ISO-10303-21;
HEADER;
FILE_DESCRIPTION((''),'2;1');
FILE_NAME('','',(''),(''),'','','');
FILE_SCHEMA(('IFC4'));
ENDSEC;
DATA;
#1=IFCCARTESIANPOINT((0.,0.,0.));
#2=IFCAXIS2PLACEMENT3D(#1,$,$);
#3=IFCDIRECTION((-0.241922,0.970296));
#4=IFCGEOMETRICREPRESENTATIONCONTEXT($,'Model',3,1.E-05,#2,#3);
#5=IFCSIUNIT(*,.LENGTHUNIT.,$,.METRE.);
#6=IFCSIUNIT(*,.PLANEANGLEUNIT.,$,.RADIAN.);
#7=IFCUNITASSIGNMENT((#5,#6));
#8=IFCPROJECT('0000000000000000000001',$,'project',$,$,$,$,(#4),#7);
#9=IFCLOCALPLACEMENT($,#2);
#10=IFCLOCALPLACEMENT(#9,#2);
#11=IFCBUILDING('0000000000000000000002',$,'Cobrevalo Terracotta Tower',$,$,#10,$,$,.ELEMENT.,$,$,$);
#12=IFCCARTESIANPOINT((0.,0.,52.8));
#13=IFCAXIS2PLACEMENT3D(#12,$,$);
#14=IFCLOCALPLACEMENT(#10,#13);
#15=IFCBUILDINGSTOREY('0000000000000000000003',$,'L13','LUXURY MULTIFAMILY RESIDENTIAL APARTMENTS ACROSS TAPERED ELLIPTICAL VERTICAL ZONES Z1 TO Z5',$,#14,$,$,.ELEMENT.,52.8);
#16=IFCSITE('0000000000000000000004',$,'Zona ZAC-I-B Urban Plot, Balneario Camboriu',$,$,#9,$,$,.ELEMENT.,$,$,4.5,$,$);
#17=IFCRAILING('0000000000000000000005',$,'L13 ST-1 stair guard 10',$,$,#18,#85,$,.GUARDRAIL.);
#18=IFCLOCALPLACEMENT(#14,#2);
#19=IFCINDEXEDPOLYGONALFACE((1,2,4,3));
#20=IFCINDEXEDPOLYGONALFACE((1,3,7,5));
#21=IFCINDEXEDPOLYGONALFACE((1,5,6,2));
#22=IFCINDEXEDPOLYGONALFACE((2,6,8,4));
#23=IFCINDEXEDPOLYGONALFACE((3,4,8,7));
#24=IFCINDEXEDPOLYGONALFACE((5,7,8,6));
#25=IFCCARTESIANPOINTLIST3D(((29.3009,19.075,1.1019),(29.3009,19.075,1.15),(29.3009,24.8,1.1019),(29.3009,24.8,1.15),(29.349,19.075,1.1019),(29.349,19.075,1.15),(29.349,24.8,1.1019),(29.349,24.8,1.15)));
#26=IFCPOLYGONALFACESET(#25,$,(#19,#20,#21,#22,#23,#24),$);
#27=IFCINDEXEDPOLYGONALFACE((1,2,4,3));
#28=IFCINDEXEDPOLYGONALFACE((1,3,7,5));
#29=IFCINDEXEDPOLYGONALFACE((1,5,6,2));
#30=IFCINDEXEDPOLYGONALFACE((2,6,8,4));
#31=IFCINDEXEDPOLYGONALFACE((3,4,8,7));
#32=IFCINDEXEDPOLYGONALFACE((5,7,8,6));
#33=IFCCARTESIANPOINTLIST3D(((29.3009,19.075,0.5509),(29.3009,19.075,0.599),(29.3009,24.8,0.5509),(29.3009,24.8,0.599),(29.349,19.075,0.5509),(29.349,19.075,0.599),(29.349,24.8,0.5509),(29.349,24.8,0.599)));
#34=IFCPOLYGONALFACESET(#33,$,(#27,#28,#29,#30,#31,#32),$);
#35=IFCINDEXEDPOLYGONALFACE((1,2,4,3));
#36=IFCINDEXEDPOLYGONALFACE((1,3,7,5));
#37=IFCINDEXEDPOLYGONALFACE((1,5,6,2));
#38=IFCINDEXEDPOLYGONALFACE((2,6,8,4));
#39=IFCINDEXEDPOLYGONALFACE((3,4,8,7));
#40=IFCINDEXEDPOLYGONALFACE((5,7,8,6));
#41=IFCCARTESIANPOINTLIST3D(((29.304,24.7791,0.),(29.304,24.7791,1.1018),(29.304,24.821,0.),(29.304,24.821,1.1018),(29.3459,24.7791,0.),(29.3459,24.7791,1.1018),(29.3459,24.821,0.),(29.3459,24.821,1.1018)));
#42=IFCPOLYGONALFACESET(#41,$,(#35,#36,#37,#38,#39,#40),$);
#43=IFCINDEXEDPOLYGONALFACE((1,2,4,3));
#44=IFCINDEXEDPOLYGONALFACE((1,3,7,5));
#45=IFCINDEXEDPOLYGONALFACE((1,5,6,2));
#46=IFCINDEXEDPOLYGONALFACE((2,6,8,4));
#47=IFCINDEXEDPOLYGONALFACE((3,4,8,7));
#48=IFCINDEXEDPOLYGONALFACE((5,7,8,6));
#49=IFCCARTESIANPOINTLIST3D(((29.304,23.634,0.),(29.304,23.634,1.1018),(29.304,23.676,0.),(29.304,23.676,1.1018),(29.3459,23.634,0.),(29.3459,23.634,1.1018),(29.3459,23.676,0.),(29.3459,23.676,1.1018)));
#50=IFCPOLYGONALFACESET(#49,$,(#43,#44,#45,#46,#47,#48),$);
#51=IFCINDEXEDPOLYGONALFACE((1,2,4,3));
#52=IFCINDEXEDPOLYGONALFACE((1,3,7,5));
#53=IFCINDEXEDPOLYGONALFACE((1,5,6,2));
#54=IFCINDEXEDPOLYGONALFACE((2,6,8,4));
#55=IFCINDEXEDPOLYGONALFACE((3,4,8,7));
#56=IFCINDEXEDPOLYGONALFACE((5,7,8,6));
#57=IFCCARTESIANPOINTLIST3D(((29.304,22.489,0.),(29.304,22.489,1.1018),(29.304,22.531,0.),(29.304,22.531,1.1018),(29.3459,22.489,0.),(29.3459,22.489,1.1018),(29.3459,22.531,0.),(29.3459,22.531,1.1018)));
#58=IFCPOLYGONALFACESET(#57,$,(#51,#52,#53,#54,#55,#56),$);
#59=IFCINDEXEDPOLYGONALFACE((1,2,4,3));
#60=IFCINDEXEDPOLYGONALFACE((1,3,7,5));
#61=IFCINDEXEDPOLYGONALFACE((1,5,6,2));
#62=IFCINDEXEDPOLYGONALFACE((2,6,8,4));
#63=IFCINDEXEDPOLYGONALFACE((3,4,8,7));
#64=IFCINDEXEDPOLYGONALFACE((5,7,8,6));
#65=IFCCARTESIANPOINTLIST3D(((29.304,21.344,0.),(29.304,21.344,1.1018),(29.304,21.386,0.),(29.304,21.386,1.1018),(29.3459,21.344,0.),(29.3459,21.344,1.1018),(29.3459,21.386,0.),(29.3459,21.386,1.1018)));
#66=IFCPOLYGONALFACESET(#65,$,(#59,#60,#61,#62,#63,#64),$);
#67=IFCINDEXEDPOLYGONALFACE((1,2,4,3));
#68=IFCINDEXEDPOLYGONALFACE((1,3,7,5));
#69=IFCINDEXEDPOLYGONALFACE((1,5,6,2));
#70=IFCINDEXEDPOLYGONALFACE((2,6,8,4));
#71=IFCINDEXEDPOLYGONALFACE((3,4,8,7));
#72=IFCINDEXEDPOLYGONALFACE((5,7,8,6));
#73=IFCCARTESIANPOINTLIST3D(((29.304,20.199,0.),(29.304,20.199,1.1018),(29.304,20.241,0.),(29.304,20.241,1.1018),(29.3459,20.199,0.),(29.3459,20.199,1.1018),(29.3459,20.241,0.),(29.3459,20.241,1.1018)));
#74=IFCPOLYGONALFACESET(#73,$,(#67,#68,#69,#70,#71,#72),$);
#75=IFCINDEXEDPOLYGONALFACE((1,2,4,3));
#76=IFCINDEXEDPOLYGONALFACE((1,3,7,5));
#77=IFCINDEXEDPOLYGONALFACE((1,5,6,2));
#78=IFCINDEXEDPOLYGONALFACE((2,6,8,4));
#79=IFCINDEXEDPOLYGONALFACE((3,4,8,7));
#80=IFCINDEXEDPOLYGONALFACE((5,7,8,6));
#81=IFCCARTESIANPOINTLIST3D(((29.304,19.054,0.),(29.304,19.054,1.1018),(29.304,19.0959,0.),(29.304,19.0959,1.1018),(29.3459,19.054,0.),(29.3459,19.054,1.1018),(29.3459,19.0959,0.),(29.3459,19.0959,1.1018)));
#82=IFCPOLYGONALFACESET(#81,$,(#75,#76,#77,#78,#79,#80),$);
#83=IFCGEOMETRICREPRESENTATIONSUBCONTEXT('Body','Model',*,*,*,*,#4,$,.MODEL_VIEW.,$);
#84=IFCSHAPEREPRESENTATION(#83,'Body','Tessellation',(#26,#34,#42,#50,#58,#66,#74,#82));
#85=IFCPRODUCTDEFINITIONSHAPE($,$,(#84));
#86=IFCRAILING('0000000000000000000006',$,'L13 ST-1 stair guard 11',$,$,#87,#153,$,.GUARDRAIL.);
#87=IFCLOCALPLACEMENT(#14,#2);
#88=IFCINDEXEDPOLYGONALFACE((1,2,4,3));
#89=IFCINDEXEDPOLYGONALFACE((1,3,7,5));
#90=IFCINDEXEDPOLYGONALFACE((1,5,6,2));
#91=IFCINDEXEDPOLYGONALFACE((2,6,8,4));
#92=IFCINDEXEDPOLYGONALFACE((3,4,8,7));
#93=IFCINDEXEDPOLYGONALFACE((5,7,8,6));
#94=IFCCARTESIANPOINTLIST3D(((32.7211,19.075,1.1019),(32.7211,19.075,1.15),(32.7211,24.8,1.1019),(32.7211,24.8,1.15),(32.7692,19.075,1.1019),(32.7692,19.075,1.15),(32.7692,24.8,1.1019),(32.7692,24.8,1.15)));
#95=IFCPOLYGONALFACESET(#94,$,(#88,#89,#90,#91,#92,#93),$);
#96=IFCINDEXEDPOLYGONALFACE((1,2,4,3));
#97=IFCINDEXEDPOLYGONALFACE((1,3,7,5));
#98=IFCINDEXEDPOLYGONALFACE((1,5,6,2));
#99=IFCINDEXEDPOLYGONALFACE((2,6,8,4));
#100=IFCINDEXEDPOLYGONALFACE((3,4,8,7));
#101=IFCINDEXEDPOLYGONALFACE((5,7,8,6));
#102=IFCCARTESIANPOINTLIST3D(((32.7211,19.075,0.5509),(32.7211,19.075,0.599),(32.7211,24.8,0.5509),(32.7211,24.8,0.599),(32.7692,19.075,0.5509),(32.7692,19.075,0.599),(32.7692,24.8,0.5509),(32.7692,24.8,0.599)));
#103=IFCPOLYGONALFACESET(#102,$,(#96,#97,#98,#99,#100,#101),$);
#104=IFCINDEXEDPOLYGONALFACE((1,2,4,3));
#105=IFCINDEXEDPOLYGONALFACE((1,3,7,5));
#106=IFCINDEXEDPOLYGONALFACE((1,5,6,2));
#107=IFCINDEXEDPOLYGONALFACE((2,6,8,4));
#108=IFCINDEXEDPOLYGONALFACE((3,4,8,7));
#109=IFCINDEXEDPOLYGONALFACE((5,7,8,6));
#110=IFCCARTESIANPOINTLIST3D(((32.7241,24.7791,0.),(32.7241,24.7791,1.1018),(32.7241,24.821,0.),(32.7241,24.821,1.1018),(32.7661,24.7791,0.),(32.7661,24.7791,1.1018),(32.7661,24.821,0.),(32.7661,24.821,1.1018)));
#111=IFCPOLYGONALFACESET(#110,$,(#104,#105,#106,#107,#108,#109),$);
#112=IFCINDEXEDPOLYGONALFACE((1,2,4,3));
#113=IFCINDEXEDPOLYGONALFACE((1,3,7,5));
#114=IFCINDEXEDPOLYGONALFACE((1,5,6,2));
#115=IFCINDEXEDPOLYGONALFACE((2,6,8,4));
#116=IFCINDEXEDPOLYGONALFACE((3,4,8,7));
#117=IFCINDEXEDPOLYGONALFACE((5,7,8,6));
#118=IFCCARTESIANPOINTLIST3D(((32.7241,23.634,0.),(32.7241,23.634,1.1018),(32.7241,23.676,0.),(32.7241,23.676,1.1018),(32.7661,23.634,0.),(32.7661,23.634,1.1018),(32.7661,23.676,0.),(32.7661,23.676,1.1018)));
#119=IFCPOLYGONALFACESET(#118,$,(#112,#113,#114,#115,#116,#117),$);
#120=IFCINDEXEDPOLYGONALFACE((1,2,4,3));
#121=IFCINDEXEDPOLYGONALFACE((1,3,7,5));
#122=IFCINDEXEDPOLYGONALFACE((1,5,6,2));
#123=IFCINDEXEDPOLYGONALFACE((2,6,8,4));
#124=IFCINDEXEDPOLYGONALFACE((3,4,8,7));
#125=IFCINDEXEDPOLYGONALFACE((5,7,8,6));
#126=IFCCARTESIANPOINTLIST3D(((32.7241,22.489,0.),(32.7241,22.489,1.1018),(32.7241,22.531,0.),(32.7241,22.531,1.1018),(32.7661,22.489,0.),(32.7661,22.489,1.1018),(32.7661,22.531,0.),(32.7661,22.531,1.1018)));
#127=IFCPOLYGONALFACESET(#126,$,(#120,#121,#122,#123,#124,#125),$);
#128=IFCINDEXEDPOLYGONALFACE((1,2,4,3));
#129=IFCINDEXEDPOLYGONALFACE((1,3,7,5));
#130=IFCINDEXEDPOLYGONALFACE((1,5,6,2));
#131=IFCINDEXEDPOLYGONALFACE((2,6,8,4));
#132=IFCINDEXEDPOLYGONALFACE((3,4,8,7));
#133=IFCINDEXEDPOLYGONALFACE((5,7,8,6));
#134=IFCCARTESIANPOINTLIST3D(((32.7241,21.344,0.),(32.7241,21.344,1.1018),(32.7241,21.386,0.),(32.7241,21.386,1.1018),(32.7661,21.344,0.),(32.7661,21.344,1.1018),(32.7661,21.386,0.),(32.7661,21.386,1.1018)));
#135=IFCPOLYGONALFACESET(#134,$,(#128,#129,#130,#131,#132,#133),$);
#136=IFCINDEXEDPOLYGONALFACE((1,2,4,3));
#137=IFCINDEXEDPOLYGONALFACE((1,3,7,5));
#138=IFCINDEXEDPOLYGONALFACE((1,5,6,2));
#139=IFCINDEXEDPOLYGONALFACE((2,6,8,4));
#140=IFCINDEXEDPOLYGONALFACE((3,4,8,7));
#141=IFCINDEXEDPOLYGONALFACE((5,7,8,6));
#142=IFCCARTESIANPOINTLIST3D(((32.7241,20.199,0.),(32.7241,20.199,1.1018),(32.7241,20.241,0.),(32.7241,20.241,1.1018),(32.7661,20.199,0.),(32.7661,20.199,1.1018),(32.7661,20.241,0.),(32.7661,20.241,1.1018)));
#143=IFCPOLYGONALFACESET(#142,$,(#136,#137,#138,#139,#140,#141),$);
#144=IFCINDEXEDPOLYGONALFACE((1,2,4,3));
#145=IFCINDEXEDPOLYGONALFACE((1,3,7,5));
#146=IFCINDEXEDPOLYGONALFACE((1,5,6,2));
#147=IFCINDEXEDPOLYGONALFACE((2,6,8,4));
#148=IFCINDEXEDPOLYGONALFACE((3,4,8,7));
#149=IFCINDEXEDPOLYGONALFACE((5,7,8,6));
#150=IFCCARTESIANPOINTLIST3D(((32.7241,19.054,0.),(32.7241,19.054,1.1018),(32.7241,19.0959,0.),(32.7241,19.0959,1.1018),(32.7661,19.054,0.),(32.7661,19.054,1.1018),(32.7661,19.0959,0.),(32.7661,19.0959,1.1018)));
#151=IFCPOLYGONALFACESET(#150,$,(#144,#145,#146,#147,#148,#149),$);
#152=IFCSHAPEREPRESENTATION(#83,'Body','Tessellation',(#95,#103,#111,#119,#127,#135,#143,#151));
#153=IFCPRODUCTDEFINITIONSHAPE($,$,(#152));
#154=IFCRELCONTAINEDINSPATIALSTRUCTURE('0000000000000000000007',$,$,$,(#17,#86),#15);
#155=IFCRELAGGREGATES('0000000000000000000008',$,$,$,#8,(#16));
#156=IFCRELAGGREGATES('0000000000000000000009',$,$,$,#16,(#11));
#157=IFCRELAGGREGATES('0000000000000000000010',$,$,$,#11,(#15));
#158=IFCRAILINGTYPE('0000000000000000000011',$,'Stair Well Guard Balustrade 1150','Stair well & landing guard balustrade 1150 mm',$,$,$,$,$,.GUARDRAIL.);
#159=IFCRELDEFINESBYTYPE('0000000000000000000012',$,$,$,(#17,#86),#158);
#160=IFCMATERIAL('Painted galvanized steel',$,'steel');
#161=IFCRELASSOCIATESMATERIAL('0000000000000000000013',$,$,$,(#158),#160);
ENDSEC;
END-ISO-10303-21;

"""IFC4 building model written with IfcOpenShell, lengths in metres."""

from ifc_helpers import new_model, si_unit, direction, frame, origin, origin_2d, place, context, subcontext, project, spatial, rectangle, extrude, material, type_object, element, save


model = new_model("IFC4")

# Units and contexts
model_context = context("Model", 3, precision=1e-05, world=origin(), true_north=direction((-0.241922, 0.970296)))
body_context = subcontext(model_context, "Body", "Model", "MODEL_VIEW")
ifc_project = project(units=[si_unit("LENGTHUNIT", "METRE"), si_unit("PLANEANGLEUNIT", "RADIAN")], contexts=[model_context])

# Site, building, storey
site_placement = place(None, origin())
site = spatial("IfcSite", under=ifc_project, at=site_placement, Name="Zona ZAC-I-B Urban Plot, Balneario Camboriu", CompositionType="ELEMENT", RefElevation=4.5)
building_placement = place(site_placement, origin())
building = spatial("IfcBuilding", under=site, at=building_placement, Name="Cobrevalo Terracotta Tower", CompositionType="ELEMENT")
storey_placement = place(building_placement, frame((0.0, 0.0, 52.8)))
storey = spatial("IfcBuildingStorey", under=building, at=storey_placement, Name="L13", Description="LUXURY MULTIFAMILY RESIDENTIAL APARTMENTS ACROSS TAPERED ELLIPTICAL VERTICAL ZONES Z1 TO Z5", CompositionType="ELEMENT", Elevation=52.8)

# Railings
ifc_material_1 = material(Name="Painted galvanized steel", Category="steel")
railing_type_1 = type_object("IfcRailingType", Name="Stair Well Guard Balustrade 1150", Description="Stair well & landing guard balustrade 1150 mm", PredefinedType="GUARDRAIL", material=ifc_material_1)
for number, where, name in (
    (1, (29.325, 24.8, 0.0), "L13 ST-1 stair guard 10"),
    (2, (32.7451, 24.8, 0.0), "L13 ST-1 stair guard 11"),
):
    element("IfcRailing", number, at=place(storey_placement, frame(where)), inside=storey, type_object=railing_type_1, Name=name, PredefinedType="GUARDRAIL", context=body_context, shape_type="SweptSolid", body=[
        extrude(rectangle(XDim=0.0481, YDim=0.0481, at=origin_2d()), frame((0.0, 0.0, 1.126), z_axis=(0.0, -1.0, 0.0), x_axis=(1.0, 0.0, 0.0)), (0.0, 0.0, 1.0), 5.7251),
        extrude(rectangle(XDim=0.0481, YDim=0.0481, at=origin_2d()), frame((0.0, 0.0, 0.575), z_axis=(0.0, -1.0, 0.0), x_axis=(1.0, 0.0, 0.0)), (0.0, 0.0, 1.0), 5.7251),
        extrude(rectangle(XDim=0.042, YDim=0.042, at=origin_2d()), origin(), (0.0, 0.0, 1.0), 1.1018),
        extrude(rectangle(XDim=0.042, YDim=0.042, at=origin_2d()), frame((0.0, -1.145, 0.0)), (0.0, 0.0, 1.0), 1.1018),
        extrude(rectangle(XDim=0.042, YDim=0.042, at=origin_2d()), frame((0.0, -2.29, 0.0)), (0.0, 0.0, 1.0), 1.1018),
        extrude(rectangle(XDim=0.042, YDim=0.042, at=origin_2d()), frame((0.0, -3.4351, 0.0)), (0.0, 0.0, 1.0), 1.1018),
        extrude(rectangle(XDim=0.042, YDim=0.042, at=origin_2d()), frame((0.0, -4.5801, 0.0)), (0.0, 0.0, 1.0), 1.1018),
        extrude(rectangle(XDim=0.042, YDim=0.042, at=origin_2d()), frame((0.0, -5.7251, 0.0)), (0.0, 0.0, 1.0), 1.1018),
    ])

save(model, "model.ifc")
